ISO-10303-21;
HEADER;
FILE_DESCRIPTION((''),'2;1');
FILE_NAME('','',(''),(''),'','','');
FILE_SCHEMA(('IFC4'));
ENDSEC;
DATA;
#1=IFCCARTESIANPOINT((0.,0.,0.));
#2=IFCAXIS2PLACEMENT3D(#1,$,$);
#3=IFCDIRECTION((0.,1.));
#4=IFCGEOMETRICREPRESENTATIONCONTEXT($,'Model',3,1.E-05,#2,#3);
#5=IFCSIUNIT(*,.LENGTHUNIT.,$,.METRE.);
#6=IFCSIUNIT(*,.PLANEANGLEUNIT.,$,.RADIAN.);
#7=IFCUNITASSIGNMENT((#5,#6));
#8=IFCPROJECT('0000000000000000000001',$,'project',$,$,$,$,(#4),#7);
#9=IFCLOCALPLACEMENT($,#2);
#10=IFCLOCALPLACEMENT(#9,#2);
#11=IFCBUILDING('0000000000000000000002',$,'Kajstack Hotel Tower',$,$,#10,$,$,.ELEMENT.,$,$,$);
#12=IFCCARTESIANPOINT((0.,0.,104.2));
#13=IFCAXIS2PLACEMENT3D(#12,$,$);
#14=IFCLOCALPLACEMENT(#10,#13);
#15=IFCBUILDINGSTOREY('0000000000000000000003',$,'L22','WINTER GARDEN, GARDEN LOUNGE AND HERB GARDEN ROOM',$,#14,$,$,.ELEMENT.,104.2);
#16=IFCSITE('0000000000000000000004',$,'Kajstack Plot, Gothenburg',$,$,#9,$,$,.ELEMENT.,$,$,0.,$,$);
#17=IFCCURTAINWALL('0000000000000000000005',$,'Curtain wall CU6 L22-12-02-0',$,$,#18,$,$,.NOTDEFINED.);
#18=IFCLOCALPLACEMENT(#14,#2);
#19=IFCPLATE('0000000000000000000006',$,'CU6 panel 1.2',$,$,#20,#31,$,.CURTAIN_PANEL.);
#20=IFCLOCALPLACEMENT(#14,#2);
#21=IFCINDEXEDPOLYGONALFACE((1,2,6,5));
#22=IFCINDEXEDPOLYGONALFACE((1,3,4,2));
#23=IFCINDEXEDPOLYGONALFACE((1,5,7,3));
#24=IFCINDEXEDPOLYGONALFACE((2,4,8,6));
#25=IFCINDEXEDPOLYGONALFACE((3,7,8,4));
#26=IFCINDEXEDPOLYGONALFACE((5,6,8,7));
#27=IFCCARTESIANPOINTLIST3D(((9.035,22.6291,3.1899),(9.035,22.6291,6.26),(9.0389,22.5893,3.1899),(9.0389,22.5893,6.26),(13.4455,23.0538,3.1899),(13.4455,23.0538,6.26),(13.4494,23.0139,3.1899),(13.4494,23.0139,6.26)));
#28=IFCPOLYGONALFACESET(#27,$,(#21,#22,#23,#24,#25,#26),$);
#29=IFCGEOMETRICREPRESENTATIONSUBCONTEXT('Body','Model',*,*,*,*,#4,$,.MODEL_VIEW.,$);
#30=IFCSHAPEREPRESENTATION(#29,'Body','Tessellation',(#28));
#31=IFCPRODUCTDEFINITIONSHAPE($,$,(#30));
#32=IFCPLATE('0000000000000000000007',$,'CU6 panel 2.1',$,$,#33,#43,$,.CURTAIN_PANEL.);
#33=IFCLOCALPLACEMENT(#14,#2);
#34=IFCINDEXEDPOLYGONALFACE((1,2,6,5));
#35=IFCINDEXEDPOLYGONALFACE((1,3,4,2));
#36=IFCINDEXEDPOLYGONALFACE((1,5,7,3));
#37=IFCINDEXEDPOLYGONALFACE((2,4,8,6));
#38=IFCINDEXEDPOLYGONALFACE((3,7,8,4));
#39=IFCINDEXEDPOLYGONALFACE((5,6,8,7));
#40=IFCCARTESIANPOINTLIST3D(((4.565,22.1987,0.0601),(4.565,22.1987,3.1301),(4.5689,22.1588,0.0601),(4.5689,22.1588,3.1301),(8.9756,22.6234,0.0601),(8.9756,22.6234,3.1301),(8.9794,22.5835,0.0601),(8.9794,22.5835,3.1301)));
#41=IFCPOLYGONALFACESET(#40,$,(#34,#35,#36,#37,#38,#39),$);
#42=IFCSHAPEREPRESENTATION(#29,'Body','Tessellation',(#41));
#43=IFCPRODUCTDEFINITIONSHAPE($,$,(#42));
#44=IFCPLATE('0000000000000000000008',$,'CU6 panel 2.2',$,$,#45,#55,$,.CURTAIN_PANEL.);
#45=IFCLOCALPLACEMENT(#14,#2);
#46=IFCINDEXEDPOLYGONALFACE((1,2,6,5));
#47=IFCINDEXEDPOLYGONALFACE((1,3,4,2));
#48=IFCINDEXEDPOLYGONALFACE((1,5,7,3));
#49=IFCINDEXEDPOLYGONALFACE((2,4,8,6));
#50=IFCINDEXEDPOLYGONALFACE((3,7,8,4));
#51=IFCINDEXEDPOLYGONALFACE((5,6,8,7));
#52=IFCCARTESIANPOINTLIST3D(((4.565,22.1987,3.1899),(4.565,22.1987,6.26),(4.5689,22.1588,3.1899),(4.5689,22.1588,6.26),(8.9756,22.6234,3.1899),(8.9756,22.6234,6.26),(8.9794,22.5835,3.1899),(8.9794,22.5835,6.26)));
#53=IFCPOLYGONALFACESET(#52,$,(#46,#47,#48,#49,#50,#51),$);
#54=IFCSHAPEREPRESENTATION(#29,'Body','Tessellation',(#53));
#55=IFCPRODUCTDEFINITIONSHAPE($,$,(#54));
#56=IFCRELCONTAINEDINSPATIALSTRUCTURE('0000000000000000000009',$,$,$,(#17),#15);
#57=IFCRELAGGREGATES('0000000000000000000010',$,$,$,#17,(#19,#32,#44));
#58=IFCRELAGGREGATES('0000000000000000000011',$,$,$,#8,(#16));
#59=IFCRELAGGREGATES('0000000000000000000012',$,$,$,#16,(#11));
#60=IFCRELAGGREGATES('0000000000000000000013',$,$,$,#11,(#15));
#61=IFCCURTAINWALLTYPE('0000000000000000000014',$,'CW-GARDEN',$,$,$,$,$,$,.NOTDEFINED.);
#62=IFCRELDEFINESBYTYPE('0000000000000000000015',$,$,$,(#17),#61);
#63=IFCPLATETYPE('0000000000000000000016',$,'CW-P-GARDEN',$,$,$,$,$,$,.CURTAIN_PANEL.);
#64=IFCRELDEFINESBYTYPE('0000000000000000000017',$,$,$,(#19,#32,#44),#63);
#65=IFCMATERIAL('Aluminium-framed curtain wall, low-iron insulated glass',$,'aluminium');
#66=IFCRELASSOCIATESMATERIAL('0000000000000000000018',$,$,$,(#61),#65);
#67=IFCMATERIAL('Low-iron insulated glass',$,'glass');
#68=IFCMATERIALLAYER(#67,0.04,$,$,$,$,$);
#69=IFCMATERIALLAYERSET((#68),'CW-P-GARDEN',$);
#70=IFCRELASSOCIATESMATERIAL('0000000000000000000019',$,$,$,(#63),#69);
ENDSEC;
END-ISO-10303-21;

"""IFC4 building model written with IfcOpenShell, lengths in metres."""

from ifc_helpers import new_model, si_unit, direction, frame, origin, origin_2d, place, context, subcontext, project, spatial, rectangle, extrude, material, layer, layer_set, type_object, element, aggregate, save


model = new_model("IFC4")

# Units and contexts
model_context = context("Model", 3, precision=1e-05, world=origin(), true_north=direction((0.0, 1.0)))
body_context = subcontext(model_context, "Body", "Model", "MODEL_VIEW")
ifc_project = project(units=[si_unit("LENGTHUNIT", "METRE"), si_unit("PLANEANGLEUNIT", "RADIAN")], contexts=[model_context])

# Site, building, storey
site_placement = place(None, origin())
site = spatial("IfcSite", under=ifc_project, at=site_placement, Name="Kajstack Plot, Gothenburg", CompositionType="ELEMENT", RefElevation=0.0)
building_placement = place(site_placement, origin())
building = spatial("IfcBuilding", under=site, at=building_placement, Name="Kajstack Hotel Tower", CompositionType="ELEMENT")
storey_placement = place(building_placement, frame((0.0, 0.0, 104.2)))
storey = spatial("IfcBuildingStorey", under=building, at=storey_placement, Name="L22", Description="WINTER GARDEN, GARDEN LOUNGE AND HERB GARDEN ROOM", CompositionType="ELEMENT", Elevation=104.2)

# Curtain wall
ifc_material_1 = material(Name="Aluminium-framed curtain wall, low-iron insulated glass", Category="aluminium")
curtain_wall_type = type_object("IfcCurtainWallType", Name="CW-GARDEN", PredefinedType="NOTDEFINED", material=ifc_material_1)
curtain_wall_1_placement = place(storey_placement, origin())
curtain_wall_1 = element("IfcCurtainWall", 1, at=curtain_wall_1_placement, inside=storey, type_object=curtain_wall_type, Name="Curtain wall CU6 L22-12-02-0", PredefinedType="NOTDEFINED")

# Plates
ifc_material_2 = material(Name="Low-iron insulated glass", Category="glass")
ifc_layer = layer(ifc_material_2, 0.04)
ifc_layer_set = layer_set([ifc_layer], Name="CW-P-GARDEN")
plate_type = type_object("IfcPlateType", Name="CW-P-GARDEN", PredefinedType="CURTAIN_PANEL", material=ifc_layer_set)
plate_1_placement = place(storey_placement, frame((11.2422, 22.8215, 3.1899), z_axis=(0.0, 0.0, 1.0), x_axis=(-0.995396, -0.095846, 0.0)))
plate_1 = element("IfcPlate", 2, at=plate_1_placement, type_object=plate_type, Name="CU6 panel 1.2", PredefinedType="CURTAIN_PANEL", context=body_context, shape_type="SweptSolid", body=[
    extrude(rectangle(XDim=4.4309, YDim=0.04, at=origin_2d()), origin(), (0.0, 0.0, 1.0), 3.0701),
])
plate_2_placement = place(storey_placement, frame((6.7722, 22.3911, 0.0601), z_axis=(0.0, 0.0, 1.0), x_axis=(-0.995396, -0.095846, 0.0)))
plate_2 = element("IfcPlate", 3, at=plate_2_placement, type_object=plate_type, Name="CU6 panel 2.1", PredefinedType="CURTAIN_PANEL", context=body_context, shape_type="SweptSolid", body=[
    extrude(rectangle(XDim=4.4309, YDim=0.04, at=origin_2d()), origin(), (0.0, 0.0, 1.0), 3.0701),
])
plate_3_placement = place(storey_placement, frame((6.7722, 22.3911, 3.1899), z_axis=(0.0, 0.0, 1.0), x_axis=(-0.995396, -0.095846, 0.0)))
plate_3 = element("IfcPlate", 4, at=plate_3_placement, type_object=plate_type, Name="CU6 panel 2.2", PredefinedType="CURTAIN_PANEL", context=body_context, shape_type="SweptSolid", body=[
    extrude(rectangle(XDim=4.4309, YDim=0.04, at=origin_2d()), origin(), (0.0, 0.0, 1.0), 3.0701),
])
aggregate(curtain_wall_1, [plate_1, plate_2, plate_3])

save(model, "model.ifc")
